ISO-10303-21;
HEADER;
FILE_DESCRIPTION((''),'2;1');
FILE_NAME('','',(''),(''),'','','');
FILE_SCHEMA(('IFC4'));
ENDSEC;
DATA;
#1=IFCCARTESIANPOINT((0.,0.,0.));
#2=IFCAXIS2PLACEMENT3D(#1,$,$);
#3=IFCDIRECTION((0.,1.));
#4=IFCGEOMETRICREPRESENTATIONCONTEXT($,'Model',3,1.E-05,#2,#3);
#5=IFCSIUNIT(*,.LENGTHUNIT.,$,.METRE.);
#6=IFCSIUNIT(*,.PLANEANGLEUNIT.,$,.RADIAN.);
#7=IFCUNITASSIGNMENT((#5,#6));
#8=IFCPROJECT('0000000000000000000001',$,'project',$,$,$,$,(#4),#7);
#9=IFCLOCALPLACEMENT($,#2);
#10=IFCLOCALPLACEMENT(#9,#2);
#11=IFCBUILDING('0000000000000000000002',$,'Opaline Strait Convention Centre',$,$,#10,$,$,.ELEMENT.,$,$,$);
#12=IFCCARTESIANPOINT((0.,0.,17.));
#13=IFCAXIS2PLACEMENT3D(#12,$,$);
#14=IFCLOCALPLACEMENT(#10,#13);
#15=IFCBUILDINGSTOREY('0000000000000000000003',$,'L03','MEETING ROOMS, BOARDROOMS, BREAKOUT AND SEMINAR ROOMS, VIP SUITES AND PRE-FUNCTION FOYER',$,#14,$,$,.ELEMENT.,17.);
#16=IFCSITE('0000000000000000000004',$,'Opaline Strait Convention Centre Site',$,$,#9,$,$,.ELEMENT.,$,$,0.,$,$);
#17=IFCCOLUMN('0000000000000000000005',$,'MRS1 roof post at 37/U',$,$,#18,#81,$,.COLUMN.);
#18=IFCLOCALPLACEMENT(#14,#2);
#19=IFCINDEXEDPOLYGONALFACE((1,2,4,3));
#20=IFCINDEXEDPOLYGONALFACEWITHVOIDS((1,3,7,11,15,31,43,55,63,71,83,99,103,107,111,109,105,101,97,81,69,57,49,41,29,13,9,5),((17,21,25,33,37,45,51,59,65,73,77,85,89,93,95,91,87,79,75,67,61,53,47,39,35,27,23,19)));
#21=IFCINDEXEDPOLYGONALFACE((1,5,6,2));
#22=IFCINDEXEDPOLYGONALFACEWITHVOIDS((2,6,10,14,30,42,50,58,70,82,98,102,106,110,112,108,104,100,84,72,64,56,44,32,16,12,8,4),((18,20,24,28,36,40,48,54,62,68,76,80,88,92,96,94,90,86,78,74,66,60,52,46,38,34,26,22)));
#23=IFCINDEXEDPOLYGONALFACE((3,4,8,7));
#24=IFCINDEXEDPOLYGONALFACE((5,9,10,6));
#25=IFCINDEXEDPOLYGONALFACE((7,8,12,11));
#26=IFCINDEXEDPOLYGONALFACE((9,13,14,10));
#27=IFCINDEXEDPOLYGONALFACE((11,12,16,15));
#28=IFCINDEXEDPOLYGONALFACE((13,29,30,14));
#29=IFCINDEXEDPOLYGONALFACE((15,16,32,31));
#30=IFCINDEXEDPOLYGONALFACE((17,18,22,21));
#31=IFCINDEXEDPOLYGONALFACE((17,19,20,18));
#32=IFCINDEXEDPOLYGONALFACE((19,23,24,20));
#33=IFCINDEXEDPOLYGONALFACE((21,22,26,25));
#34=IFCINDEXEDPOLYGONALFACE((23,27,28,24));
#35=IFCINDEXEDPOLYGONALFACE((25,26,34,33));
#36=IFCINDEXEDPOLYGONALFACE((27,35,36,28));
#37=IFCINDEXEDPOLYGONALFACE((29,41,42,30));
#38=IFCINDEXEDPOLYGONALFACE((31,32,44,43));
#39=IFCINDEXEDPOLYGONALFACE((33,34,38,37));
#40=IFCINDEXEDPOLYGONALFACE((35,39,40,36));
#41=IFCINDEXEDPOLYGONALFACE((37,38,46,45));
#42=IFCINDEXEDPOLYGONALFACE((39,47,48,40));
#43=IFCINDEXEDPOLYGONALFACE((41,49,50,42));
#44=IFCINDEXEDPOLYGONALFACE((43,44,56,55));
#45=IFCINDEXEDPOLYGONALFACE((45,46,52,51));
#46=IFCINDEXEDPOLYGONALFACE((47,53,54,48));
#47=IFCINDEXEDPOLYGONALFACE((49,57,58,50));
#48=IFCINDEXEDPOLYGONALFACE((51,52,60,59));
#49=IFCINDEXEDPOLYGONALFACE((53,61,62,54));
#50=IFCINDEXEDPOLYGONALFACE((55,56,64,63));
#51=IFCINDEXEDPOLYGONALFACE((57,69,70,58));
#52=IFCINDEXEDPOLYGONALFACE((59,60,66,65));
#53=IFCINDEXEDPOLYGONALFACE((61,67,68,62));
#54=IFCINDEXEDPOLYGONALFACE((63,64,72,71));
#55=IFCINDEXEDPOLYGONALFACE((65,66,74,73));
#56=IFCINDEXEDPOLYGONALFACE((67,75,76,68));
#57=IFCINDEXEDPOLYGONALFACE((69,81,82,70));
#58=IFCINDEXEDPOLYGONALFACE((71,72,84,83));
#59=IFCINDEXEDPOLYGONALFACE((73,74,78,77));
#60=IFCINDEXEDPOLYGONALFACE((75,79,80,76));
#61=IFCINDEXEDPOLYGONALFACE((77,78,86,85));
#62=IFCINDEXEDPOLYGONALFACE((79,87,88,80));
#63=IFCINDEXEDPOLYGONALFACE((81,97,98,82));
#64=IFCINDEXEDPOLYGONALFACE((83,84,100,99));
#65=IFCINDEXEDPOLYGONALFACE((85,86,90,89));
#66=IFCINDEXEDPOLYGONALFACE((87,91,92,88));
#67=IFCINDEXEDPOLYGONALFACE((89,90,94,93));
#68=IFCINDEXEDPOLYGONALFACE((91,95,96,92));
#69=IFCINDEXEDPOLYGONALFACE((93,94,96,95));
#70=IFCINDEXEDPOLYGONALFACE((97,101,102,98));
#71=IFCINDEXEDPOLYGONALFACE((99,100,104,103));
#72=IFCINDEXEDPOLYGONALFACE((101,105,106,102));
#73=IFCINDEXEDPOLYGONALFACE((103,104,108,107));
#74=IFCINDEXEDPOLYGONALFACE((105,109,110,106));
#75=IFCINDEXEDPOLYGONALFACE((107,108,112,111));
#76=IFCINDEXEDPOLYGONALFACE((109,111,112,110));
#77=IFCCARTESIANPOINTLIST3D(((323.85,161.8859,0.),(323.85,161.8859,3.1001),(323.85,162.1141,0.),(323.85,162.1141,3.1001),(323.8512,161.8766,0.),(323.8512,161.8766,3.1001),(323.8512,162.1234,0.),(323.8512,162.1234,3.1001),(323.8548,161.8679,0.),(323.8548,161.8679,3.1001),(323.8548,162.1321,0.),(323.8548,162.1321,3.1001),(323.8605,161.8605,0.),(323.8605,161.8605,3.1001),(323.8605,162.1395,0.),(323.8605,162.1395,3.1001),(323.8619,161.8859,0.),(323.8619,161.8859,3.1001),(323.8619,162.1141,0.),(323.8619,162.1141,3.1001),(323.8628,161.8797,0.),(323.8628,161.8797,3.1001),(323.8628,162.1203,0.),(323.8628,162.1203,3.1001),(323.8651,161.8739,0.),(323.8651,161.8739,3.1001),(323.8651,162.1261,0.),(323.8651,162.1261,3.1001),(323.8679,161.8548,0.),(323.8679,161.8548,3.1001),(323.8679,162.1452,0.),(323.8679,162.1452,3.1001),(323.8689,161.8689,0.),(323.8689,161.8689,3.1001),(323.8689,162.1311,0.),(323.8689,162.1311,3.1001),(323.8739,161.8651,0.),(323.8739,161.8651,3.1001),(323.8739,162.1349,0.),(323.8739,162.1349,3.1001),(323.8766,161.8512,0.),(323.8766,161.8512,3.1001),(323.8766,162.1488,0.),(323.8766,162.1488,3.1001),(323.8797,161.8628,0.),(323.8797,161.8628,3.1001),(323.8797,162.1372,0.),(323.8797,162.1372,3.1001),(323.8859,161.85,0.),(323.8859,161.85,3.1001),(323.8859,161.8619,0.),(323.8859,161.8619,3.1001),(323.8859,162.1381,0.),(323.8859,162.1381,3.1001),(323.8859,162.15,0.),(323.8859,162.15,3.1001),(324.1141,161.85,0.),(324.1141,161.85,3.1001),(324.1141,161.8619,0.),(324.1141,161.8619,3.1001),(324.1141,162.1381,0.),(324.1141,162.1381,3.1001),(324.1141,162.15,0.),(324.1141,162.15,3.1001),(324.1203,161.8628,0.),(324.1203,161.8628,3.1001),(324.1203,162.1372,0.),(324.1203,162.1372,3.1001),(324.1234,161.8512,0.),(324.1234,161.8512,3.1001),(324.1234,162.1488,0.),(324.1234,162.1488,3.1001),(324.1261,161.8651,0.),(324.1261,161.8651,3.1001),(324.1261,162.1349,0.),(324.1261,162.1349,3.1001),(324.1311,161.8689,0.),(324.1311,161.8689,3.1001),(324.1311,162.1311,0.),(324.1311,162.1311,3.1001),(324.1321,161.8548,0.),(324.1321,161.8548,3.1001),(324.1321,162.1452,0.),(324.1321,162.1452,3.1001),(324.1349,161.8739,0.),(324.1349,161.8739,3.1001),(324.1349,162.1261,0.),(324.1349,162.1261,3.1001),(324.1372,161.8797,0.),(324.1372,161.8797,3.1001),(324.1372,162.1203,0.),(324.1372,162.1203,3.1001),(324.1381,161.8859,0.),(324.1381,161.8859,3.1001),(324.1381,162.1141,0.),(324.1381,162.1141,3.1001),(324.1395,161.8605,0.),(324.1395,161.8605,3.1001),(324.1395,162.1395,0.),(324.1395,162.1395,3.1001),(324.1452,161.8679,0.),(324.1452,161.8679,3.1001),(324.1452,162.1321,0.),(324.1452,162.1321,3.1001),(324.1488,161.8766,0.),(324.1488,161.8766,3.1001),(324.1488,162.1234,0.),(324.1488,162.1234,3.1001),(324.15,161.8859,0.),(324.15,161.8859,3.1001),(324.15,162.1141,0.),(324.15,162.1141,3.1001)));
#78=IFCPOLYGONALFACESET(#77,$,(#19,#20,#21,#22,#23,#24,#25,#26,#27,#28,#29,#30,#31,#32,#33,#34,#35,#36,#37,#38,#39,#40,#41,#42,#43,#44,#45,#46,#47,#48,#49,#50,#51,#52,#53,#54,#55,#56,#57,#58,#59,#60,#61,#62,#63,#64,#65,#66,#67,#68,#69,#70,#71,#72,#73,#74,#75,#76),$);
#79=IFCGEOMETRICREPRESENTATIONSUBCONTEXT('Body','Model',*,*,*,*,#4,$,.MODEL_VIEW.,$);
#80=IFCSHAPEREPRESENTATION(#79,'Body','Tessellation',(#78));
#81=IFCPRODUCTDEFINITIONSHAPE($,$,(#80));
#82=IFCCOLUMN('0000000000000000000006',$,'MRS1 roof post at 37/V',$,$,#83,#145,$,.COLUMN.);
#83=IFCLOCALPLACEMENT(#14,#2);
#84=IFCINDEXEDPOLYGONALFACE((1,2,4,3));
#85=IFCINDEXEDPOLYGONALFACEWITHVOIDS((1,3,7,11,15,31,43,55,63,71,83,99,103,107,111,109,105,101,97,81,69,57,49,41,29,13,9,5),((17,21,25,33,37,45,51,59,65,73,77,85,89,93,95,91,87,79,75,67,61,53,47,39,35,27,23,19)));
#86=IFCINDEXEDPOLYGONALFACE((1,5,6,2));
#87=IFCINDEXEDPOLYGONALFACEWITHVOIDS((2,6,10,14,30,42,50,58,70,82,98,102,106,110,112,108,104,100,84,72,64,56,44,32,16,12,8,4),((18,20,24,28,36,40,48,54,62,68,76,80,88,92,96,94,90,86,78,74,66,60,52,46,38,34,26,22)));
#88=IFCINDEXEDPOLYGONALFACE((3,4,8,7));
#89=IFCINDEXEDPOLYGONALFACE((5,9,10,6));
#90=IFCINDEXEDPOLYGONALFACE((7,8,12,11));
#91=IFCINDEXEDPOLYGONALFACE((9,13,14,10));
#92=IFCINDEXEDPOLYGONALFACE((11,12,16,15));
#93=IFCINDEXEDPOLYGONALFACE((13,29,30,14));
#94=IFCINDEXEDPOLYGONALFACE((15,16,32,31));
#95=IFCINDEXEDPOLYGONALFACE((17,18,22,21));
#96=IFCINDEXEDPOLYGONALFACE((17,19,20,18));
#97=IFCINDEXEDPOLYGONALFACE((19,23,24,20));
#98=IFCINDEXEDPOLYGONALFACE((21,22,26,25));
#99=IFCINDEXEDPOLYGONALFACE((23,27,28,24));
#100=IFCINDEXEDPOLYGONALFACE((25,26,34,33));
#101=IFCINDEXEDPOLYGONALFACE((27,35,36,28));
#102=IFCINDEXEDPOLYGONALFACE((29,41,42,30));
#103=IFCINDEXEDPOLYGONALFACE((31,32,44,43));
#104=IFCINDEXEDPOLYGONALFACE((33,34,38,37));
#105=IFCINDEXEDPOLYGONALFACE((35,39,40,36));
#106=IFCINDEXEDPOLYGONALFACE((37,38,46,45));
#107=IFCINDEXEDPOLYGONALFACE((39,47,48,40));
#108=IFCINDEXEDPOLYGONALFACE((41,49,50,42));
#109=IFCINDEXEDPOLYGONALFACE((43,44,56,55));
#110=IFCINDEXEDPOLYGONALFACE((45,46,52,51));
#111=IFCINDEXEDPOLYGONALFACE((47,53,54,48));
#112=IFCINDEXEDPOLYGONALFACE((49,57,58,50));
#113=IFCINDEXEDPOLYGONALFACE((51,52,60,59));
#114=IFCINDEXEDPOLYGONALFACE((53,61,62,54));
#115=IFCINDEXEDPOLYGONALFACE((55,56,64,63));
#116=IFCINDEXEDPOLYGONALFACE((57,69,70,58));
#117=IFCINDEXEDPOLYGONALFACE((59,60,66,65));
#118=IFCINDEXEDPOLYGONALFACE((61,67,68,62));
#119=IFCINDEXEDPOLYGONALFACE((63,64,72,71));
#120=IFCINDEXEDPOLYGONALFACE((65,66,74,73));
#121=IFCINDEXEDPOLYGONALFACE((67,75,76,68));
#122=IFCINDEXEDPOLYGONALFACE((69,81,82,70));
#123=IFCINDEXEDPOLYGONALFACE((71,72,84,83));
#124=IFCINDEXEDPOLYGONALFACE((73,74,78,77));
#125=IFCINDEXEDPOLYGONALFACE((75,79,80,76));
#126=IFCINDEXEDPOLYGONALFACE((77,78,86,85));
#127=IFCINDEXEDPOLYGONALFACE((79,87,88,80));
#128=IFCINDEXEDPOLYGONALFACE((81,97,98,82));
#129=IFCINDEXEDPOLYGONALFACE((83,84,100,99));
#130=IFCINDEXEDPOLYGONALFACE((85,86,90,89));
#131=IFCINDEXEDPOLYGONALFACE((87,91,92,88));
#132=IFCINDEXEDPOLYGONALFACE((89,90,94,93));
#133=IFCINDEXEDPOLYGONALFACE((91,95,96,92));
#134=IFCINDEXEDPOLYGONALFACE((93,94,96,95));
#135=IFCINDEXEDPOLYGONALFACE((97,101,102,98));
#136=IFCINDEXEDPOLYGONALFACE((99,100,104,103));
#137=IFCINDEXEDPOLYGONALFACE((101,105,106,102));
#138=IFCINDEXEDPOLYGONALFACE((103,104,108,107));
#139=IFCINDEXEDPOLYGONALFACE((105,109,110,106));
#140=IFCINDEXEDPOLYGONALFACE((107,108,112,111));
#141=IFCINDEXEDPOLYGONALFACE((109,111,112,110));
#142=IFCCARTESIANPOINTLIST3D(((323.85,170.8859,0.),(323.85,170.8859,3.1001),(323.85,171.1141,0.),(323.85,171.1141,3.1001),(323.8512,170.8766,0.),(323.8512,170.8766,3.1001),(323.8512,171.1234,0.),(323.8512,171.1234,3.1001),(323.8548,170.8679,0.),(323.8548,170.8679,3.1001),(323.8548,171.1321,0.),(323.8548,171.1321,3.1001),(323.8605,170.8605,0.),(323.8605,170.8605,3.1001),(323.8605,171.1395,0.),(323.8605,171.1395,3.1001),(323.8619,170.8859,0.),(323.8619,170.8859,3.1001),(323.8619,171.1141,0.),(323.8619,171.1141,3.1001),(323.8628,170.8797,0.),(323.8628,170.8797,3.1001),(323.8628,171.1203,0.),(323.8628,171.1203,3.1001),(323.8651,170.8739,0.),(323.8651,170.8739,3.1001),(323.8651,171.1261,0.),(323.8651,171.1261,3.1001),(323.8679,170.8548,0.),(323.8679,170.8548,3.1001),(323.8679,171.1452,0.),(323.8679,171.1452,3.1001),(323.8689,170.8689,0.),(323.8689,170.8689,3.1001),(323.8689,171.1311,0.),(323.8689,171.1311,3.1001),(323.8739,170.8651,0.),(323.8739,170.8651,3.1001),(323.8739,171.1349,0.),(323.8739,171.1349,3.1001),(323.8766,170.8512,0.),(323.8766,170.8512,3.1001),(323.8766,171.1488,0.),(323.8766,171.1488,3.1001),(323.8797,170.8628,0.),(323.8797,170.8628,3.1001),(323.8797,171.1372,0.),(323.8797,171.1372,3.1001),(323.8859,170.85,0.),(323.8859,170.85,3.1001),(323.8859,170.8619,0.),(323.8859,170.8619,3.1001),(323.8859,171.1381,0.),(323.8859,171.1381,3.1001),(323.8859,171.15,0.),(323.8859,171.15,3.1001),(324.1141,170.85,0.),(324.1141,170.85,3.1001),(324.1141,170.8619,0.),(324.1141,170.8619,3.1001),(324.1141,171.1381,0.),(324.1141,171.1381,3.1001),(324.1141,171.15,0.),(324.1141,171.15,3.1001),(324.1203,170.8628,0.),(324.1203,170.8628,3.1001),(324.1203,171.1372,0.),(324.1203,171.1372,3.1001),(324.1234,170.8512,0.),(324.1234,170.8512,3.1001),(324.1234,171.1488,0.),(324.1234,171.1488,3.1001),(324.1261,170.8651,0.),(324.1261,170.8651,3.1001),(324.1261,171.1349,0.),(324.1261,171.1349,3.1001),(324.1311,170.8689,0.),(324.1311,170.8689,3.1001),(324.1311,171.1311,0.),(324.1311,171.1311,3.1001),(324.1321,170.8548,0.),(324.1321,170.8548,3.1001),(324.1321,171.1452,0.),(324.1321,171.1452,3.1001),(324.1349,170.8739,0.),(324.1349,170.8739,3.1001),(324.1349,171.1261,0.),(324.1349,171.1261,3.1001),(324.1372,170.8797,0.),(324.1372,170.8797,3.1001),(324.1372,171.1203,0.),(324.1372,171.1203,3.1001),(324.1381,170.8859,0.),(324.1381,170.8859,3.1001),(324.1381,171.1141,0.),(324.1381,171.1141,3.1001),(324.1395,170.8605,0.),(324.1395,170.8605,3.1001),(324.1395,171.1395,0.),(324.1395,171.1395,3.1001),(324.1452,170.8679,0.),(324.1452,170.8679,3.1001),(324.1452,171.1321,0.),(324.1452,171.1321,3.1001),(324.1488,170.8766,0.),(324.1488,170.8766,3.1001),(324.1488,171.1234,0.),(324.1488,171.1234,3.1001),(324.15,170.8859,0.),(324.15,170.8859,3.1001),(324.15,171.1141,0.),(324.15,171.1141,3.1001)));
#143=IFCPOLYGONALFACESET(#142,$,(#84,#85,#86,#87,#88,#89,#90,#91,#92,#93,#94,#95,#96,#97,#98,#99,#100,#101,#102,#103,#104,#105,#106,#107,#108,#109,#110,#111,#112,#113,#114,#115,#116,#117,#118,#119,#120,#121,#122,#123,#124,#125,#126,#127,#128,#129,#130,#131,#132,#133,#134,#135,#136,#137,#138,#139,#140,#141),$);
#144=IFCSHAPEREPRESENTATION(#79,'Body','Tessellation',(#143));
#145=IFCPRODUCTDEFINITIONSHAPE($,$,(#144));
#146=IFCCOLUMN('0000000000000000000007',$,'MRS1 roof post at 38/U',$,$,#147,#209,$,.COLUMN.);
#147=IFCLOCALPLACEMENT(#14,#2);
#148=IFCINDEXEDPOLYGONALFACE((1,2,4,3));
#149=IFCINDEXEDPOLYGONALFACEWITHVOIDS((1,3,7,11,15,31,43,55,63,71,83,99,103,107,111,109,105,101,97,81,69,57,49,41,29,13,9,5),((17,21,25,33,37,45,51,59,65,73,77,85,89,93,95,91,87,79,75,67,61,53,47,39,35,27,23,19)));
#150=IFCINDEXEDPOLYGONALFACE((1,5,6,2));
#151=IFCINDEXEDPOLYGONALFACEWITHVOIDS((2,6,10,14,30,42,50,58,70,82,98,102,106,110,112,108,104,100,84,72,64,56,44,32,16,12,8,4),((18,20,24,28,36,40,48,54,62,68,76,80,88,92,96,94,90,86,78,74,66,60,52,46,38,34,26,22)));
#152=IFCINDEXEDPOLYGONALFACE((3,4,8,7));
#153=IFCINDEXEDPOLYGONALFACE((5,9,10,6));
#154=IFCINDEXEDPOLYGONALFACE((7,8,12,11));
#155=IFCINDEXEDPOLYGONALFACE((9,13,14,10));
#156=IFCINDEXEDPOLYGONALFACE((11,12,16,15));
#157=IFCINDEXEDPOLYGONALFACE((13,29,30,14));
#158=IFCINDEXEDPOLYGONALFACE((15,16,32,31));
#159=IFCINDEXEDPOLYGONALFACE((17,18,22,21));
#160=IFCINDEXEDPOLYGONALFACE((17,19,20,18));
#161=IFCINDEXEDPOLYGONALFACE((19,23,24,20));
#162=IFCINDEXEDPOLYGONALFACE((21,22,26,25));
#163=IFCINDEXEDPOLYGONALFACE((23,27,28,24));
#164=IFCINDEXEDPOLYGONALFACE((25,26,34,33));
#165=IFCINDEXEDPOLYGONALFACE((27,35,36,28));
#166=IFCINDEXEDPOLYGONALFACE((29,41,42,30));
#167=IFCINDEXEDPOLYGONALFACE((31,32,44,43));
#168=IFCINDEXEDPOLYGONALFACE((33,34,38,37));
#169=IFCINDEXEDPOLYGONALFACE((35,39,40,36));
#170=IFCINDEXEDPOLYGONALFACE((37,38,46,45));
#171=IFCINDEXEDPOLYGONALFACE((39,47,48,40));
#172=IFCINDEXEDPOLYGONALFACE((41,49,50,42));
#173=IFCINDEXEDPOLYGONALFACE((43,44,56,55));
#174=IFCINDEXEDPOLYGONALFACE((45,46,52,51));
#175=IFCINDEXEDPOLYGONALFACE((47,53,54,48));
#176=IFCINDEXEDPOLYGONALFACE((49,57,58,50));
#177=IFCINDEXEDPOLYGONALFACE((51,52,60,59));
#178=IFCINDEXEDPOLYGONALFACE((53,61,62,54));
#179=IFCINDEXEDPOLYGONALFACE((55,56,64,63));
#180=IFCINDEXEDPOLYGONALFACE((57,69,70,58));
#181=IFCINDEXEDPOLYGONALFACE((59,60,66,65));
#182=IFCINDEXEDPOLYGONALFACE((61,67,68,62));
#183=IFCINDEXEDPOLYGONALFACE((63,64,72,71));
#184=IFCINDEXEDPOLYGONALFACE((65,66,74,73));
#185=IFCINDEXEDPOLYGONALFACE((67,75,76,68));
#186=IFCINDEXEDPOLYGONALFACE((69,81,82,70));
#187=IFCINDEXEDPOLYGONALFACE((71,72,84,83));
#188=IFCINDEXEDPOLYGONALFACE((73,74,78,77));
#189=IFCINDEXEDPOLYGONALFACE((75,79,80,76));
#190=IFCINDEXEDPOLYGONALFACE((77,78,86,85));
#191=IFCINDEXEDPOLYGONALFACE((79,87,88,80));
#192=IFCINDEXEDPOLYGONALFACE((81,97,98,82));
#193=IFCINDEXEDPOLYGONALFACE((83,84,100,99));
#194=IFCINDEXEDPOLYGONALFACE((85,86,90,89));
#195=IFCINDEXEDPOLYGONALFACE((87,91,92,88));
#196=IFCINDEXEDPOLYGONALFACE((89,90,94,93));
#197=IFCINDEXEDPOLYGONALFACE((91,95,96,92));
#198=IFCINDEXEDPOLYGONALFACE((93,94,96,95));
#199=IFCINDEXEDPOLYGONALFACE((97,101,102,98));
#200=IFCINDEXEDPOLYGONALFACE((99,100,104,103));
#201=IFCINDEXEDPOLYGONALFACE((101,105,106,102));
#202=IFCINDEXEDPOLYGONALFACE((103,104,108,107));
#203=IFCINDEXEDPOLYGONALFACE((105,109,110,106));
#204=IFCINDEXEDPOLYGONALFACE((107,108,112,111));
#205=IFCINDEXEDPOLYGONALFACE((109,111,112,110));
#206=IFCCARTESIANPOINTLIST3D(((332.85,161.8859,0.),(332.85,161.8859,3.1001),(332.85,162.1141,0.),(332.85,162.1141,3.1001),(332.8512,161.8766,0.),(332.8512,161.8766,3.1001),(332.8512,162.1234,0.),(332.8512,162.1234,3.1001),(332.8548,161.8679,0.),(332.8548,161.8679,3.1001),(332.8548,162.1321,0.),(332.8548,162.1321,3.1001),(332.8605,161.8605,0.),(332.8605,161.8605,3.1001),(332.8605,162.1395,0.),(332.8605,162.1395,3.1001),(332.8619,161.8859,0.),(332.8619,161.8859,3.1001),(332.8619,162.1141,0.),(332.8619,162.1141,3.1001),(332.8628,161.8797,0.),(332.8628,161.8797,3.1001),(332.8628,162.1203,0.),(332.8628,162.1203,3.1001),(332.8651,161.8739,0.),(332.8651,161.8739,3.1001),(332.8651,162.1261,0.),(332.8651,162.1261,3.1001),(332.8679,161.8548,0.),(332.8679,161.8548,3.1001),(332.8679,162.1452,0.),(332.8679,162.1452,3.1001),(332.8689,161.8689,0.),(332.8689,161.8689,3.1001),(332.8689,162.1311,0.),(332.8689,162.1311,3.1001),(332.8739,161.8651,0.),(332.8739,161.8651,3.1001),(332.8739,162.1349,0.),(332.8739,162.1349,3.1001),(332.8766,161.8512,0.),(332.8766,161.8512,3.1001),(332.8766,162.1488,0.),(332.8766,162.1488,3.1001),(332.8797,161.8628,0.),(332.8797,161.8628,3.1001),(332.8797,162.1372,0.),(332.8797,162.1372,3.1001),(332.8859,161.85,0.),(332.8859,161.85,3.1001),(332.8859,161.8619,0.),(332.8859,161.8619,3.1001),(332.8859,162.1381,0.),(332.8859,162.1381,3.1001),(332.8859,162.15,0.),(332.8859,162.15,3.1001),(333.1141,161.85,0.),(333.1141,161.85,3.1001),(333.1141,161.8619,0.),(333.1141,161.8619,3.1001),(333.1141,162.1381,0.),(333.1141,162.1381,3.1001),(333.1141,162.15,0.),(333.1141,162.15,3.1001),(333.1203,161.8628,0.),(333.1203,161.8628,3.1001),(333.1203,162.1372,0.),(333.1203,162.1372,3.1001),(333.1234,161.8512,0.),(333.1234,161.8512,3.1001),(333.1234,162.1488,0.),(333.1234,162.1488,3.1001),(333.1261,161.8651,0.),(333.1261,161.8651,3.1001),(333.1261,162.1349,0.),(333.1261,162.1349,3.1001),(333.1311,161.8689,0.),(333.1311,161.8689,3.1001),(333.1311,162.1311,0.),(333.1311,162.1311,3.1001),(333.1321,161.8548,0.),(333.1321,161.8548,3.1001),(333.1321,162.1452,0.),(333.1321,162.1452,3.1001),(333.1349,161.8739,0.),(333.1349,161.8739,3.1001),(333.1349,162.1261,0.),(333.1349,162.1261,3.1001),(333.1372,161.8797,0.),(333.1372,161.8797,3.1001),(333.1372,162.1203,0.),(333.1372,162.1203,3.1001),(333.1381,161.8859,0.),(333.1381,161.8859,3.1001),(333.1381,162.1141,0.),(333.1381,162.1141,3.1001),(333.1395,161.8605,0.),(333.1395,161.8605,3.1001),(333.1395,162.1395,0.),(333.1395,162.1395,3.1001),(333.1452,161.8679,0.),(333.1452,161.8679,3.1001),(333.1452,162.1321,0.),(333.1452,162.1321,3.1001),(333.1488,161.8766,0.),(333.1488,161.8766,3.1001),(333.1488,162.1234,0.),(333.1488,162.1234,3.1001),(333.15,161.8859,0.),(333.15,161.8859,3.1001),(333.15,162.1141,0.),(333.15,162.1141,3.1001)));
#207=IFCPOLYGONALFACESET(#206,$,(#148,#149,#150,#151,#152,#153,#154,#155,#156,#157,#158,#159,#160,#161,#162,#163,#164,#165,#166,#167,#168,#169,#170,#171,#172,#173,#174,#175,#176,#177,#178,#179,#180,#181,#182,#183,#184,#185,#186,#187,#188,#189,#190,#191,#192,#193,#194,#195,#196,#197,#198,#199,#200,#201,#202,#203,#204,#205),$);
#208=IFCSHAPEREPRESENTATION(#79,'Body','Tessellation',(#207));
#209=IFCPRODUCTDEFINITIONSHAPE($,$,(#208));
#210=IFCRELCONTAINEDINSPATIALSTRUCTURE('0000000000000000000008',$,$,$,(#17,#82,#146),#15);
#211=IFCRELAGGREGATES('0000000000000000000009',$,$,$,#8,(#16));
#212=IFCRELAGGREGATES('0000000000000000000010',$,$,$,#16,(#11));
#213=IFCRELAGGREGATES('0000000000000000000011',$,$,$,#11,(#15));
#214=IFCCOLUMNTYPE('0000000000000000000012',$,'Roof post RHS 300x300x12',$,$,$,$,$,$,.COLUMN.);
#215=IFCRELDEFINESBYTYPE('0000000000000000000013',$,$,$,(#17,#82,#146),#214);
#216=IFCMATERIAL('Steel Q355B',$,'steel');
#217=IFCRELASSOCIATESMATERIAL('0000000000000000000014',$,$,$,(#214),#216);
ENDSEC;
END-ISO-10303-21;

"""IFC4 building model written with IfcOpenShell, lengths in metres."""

from ifc_helpers import new_model, si_unit, direction, frame, origin, origin_2d, place, context, subcontext, project, spatial, hollow_rectangle, extrude, material, material_profile, profile_set, type_object, element, save


model = new_model("IFC4")

# Units and contexts
model_context = context("Model", 3, precision=1e-05, world=origin(), true_north=direction((0.0, 1.0)))
body_context = subcontext(model_context, "Body", "Model", "MODEL_VIEW")
ifc_project = project(units=[si_unit("LENGTHUNIT", "METRE"), si_unit("PLANEANGLEUNIT", "RADIAN")], contexts=[model_context])

# Site, building, storey
site_placement = place(None, origin())
site = spatial("IfcSite", under=ifc_project, at=site_placement, Name="Opaline Strait Convention Centre Site", CompositionType="ELEMENT", RefElevation=0.0)
building_placement = place(site_placement, origin())
building = spatial("IfcBuilding", under=site, at=building_placement, Name="Opaline Strait Convention Centre", CompositionType="ELEMENT")
storey_placement = place(building_placement, frame((0.0, 0.0, 17.0)))
storey = spatial("IfcBuildingStorey", under=building, at=storey_placement, Name="L03", Description="MEETING ROOMS, BOARDROOMS, BREAKOUT AND SEMINAR ROOMS, VIP SUITES AND PRE-FUNCTION FOYER", CompositionType="ELEMENT", Elevation=17.0)

# Columns
ifc_material_1 = material(Name="Steel Q355B", Category="steel")
ifc_material_profile_1 = material_profile(ifc_material_1, hollow_rectangle(XDim=0.3, YDim=0.3, WallThickness=0.012, InnerFilletRadius=0.0239, OuterFilletRadius=0.0359, at=origin_2d()), Name="RHS 300x300x12")
ifc_profile_set_1 = profile_set([ifc_material_profile_1], Name="Steel Q355B")
column_type = type_object("IfcColumnType", Name="Roof post RHS 300x300x12", PredefinedType="COLUMN", material=ifc_profile_set_1)
for number, where, z_axis, x_axis, name in (
    (1, (324.0, 162.0, 0.0), (0.0, 0.0, 1.0), (1.0, 0.0, 0.0), "MRS1 roof post at 37/U"),
    (2, (324.0, 171.0, 0.0), (0.0, 0.0, 1.0), (1.0, 0.0, 0.0), "MRS1 roof post at 37/V"),
    (3, (333.0, 162.0, 0.0), (0.0, 0.0, 1.0), (1.0, 0.0, 0.0), "MRS1 roof post at 38/U"),
):
    element("IfcColumn", number, at=place(storey_placement, frame(where, z_axis=z_axis, x_axis=x_axis)), inside=storey, type_object=column_type, Name=name, PredefinedType="COLUMN", context=body_context, shape_type="SweptSolid", body=[
        extrude(hollow_rectangle(XDim=0.3, YDim=0.3, WallThickness=0.012, InnerFilletRadius=0.0239, OuterFilletRadius=0.0359, at=origin_2d()), origin(), (0.0, 0.0, 1.0), 3.1001),
    ])

save(model, "model.ifc")
